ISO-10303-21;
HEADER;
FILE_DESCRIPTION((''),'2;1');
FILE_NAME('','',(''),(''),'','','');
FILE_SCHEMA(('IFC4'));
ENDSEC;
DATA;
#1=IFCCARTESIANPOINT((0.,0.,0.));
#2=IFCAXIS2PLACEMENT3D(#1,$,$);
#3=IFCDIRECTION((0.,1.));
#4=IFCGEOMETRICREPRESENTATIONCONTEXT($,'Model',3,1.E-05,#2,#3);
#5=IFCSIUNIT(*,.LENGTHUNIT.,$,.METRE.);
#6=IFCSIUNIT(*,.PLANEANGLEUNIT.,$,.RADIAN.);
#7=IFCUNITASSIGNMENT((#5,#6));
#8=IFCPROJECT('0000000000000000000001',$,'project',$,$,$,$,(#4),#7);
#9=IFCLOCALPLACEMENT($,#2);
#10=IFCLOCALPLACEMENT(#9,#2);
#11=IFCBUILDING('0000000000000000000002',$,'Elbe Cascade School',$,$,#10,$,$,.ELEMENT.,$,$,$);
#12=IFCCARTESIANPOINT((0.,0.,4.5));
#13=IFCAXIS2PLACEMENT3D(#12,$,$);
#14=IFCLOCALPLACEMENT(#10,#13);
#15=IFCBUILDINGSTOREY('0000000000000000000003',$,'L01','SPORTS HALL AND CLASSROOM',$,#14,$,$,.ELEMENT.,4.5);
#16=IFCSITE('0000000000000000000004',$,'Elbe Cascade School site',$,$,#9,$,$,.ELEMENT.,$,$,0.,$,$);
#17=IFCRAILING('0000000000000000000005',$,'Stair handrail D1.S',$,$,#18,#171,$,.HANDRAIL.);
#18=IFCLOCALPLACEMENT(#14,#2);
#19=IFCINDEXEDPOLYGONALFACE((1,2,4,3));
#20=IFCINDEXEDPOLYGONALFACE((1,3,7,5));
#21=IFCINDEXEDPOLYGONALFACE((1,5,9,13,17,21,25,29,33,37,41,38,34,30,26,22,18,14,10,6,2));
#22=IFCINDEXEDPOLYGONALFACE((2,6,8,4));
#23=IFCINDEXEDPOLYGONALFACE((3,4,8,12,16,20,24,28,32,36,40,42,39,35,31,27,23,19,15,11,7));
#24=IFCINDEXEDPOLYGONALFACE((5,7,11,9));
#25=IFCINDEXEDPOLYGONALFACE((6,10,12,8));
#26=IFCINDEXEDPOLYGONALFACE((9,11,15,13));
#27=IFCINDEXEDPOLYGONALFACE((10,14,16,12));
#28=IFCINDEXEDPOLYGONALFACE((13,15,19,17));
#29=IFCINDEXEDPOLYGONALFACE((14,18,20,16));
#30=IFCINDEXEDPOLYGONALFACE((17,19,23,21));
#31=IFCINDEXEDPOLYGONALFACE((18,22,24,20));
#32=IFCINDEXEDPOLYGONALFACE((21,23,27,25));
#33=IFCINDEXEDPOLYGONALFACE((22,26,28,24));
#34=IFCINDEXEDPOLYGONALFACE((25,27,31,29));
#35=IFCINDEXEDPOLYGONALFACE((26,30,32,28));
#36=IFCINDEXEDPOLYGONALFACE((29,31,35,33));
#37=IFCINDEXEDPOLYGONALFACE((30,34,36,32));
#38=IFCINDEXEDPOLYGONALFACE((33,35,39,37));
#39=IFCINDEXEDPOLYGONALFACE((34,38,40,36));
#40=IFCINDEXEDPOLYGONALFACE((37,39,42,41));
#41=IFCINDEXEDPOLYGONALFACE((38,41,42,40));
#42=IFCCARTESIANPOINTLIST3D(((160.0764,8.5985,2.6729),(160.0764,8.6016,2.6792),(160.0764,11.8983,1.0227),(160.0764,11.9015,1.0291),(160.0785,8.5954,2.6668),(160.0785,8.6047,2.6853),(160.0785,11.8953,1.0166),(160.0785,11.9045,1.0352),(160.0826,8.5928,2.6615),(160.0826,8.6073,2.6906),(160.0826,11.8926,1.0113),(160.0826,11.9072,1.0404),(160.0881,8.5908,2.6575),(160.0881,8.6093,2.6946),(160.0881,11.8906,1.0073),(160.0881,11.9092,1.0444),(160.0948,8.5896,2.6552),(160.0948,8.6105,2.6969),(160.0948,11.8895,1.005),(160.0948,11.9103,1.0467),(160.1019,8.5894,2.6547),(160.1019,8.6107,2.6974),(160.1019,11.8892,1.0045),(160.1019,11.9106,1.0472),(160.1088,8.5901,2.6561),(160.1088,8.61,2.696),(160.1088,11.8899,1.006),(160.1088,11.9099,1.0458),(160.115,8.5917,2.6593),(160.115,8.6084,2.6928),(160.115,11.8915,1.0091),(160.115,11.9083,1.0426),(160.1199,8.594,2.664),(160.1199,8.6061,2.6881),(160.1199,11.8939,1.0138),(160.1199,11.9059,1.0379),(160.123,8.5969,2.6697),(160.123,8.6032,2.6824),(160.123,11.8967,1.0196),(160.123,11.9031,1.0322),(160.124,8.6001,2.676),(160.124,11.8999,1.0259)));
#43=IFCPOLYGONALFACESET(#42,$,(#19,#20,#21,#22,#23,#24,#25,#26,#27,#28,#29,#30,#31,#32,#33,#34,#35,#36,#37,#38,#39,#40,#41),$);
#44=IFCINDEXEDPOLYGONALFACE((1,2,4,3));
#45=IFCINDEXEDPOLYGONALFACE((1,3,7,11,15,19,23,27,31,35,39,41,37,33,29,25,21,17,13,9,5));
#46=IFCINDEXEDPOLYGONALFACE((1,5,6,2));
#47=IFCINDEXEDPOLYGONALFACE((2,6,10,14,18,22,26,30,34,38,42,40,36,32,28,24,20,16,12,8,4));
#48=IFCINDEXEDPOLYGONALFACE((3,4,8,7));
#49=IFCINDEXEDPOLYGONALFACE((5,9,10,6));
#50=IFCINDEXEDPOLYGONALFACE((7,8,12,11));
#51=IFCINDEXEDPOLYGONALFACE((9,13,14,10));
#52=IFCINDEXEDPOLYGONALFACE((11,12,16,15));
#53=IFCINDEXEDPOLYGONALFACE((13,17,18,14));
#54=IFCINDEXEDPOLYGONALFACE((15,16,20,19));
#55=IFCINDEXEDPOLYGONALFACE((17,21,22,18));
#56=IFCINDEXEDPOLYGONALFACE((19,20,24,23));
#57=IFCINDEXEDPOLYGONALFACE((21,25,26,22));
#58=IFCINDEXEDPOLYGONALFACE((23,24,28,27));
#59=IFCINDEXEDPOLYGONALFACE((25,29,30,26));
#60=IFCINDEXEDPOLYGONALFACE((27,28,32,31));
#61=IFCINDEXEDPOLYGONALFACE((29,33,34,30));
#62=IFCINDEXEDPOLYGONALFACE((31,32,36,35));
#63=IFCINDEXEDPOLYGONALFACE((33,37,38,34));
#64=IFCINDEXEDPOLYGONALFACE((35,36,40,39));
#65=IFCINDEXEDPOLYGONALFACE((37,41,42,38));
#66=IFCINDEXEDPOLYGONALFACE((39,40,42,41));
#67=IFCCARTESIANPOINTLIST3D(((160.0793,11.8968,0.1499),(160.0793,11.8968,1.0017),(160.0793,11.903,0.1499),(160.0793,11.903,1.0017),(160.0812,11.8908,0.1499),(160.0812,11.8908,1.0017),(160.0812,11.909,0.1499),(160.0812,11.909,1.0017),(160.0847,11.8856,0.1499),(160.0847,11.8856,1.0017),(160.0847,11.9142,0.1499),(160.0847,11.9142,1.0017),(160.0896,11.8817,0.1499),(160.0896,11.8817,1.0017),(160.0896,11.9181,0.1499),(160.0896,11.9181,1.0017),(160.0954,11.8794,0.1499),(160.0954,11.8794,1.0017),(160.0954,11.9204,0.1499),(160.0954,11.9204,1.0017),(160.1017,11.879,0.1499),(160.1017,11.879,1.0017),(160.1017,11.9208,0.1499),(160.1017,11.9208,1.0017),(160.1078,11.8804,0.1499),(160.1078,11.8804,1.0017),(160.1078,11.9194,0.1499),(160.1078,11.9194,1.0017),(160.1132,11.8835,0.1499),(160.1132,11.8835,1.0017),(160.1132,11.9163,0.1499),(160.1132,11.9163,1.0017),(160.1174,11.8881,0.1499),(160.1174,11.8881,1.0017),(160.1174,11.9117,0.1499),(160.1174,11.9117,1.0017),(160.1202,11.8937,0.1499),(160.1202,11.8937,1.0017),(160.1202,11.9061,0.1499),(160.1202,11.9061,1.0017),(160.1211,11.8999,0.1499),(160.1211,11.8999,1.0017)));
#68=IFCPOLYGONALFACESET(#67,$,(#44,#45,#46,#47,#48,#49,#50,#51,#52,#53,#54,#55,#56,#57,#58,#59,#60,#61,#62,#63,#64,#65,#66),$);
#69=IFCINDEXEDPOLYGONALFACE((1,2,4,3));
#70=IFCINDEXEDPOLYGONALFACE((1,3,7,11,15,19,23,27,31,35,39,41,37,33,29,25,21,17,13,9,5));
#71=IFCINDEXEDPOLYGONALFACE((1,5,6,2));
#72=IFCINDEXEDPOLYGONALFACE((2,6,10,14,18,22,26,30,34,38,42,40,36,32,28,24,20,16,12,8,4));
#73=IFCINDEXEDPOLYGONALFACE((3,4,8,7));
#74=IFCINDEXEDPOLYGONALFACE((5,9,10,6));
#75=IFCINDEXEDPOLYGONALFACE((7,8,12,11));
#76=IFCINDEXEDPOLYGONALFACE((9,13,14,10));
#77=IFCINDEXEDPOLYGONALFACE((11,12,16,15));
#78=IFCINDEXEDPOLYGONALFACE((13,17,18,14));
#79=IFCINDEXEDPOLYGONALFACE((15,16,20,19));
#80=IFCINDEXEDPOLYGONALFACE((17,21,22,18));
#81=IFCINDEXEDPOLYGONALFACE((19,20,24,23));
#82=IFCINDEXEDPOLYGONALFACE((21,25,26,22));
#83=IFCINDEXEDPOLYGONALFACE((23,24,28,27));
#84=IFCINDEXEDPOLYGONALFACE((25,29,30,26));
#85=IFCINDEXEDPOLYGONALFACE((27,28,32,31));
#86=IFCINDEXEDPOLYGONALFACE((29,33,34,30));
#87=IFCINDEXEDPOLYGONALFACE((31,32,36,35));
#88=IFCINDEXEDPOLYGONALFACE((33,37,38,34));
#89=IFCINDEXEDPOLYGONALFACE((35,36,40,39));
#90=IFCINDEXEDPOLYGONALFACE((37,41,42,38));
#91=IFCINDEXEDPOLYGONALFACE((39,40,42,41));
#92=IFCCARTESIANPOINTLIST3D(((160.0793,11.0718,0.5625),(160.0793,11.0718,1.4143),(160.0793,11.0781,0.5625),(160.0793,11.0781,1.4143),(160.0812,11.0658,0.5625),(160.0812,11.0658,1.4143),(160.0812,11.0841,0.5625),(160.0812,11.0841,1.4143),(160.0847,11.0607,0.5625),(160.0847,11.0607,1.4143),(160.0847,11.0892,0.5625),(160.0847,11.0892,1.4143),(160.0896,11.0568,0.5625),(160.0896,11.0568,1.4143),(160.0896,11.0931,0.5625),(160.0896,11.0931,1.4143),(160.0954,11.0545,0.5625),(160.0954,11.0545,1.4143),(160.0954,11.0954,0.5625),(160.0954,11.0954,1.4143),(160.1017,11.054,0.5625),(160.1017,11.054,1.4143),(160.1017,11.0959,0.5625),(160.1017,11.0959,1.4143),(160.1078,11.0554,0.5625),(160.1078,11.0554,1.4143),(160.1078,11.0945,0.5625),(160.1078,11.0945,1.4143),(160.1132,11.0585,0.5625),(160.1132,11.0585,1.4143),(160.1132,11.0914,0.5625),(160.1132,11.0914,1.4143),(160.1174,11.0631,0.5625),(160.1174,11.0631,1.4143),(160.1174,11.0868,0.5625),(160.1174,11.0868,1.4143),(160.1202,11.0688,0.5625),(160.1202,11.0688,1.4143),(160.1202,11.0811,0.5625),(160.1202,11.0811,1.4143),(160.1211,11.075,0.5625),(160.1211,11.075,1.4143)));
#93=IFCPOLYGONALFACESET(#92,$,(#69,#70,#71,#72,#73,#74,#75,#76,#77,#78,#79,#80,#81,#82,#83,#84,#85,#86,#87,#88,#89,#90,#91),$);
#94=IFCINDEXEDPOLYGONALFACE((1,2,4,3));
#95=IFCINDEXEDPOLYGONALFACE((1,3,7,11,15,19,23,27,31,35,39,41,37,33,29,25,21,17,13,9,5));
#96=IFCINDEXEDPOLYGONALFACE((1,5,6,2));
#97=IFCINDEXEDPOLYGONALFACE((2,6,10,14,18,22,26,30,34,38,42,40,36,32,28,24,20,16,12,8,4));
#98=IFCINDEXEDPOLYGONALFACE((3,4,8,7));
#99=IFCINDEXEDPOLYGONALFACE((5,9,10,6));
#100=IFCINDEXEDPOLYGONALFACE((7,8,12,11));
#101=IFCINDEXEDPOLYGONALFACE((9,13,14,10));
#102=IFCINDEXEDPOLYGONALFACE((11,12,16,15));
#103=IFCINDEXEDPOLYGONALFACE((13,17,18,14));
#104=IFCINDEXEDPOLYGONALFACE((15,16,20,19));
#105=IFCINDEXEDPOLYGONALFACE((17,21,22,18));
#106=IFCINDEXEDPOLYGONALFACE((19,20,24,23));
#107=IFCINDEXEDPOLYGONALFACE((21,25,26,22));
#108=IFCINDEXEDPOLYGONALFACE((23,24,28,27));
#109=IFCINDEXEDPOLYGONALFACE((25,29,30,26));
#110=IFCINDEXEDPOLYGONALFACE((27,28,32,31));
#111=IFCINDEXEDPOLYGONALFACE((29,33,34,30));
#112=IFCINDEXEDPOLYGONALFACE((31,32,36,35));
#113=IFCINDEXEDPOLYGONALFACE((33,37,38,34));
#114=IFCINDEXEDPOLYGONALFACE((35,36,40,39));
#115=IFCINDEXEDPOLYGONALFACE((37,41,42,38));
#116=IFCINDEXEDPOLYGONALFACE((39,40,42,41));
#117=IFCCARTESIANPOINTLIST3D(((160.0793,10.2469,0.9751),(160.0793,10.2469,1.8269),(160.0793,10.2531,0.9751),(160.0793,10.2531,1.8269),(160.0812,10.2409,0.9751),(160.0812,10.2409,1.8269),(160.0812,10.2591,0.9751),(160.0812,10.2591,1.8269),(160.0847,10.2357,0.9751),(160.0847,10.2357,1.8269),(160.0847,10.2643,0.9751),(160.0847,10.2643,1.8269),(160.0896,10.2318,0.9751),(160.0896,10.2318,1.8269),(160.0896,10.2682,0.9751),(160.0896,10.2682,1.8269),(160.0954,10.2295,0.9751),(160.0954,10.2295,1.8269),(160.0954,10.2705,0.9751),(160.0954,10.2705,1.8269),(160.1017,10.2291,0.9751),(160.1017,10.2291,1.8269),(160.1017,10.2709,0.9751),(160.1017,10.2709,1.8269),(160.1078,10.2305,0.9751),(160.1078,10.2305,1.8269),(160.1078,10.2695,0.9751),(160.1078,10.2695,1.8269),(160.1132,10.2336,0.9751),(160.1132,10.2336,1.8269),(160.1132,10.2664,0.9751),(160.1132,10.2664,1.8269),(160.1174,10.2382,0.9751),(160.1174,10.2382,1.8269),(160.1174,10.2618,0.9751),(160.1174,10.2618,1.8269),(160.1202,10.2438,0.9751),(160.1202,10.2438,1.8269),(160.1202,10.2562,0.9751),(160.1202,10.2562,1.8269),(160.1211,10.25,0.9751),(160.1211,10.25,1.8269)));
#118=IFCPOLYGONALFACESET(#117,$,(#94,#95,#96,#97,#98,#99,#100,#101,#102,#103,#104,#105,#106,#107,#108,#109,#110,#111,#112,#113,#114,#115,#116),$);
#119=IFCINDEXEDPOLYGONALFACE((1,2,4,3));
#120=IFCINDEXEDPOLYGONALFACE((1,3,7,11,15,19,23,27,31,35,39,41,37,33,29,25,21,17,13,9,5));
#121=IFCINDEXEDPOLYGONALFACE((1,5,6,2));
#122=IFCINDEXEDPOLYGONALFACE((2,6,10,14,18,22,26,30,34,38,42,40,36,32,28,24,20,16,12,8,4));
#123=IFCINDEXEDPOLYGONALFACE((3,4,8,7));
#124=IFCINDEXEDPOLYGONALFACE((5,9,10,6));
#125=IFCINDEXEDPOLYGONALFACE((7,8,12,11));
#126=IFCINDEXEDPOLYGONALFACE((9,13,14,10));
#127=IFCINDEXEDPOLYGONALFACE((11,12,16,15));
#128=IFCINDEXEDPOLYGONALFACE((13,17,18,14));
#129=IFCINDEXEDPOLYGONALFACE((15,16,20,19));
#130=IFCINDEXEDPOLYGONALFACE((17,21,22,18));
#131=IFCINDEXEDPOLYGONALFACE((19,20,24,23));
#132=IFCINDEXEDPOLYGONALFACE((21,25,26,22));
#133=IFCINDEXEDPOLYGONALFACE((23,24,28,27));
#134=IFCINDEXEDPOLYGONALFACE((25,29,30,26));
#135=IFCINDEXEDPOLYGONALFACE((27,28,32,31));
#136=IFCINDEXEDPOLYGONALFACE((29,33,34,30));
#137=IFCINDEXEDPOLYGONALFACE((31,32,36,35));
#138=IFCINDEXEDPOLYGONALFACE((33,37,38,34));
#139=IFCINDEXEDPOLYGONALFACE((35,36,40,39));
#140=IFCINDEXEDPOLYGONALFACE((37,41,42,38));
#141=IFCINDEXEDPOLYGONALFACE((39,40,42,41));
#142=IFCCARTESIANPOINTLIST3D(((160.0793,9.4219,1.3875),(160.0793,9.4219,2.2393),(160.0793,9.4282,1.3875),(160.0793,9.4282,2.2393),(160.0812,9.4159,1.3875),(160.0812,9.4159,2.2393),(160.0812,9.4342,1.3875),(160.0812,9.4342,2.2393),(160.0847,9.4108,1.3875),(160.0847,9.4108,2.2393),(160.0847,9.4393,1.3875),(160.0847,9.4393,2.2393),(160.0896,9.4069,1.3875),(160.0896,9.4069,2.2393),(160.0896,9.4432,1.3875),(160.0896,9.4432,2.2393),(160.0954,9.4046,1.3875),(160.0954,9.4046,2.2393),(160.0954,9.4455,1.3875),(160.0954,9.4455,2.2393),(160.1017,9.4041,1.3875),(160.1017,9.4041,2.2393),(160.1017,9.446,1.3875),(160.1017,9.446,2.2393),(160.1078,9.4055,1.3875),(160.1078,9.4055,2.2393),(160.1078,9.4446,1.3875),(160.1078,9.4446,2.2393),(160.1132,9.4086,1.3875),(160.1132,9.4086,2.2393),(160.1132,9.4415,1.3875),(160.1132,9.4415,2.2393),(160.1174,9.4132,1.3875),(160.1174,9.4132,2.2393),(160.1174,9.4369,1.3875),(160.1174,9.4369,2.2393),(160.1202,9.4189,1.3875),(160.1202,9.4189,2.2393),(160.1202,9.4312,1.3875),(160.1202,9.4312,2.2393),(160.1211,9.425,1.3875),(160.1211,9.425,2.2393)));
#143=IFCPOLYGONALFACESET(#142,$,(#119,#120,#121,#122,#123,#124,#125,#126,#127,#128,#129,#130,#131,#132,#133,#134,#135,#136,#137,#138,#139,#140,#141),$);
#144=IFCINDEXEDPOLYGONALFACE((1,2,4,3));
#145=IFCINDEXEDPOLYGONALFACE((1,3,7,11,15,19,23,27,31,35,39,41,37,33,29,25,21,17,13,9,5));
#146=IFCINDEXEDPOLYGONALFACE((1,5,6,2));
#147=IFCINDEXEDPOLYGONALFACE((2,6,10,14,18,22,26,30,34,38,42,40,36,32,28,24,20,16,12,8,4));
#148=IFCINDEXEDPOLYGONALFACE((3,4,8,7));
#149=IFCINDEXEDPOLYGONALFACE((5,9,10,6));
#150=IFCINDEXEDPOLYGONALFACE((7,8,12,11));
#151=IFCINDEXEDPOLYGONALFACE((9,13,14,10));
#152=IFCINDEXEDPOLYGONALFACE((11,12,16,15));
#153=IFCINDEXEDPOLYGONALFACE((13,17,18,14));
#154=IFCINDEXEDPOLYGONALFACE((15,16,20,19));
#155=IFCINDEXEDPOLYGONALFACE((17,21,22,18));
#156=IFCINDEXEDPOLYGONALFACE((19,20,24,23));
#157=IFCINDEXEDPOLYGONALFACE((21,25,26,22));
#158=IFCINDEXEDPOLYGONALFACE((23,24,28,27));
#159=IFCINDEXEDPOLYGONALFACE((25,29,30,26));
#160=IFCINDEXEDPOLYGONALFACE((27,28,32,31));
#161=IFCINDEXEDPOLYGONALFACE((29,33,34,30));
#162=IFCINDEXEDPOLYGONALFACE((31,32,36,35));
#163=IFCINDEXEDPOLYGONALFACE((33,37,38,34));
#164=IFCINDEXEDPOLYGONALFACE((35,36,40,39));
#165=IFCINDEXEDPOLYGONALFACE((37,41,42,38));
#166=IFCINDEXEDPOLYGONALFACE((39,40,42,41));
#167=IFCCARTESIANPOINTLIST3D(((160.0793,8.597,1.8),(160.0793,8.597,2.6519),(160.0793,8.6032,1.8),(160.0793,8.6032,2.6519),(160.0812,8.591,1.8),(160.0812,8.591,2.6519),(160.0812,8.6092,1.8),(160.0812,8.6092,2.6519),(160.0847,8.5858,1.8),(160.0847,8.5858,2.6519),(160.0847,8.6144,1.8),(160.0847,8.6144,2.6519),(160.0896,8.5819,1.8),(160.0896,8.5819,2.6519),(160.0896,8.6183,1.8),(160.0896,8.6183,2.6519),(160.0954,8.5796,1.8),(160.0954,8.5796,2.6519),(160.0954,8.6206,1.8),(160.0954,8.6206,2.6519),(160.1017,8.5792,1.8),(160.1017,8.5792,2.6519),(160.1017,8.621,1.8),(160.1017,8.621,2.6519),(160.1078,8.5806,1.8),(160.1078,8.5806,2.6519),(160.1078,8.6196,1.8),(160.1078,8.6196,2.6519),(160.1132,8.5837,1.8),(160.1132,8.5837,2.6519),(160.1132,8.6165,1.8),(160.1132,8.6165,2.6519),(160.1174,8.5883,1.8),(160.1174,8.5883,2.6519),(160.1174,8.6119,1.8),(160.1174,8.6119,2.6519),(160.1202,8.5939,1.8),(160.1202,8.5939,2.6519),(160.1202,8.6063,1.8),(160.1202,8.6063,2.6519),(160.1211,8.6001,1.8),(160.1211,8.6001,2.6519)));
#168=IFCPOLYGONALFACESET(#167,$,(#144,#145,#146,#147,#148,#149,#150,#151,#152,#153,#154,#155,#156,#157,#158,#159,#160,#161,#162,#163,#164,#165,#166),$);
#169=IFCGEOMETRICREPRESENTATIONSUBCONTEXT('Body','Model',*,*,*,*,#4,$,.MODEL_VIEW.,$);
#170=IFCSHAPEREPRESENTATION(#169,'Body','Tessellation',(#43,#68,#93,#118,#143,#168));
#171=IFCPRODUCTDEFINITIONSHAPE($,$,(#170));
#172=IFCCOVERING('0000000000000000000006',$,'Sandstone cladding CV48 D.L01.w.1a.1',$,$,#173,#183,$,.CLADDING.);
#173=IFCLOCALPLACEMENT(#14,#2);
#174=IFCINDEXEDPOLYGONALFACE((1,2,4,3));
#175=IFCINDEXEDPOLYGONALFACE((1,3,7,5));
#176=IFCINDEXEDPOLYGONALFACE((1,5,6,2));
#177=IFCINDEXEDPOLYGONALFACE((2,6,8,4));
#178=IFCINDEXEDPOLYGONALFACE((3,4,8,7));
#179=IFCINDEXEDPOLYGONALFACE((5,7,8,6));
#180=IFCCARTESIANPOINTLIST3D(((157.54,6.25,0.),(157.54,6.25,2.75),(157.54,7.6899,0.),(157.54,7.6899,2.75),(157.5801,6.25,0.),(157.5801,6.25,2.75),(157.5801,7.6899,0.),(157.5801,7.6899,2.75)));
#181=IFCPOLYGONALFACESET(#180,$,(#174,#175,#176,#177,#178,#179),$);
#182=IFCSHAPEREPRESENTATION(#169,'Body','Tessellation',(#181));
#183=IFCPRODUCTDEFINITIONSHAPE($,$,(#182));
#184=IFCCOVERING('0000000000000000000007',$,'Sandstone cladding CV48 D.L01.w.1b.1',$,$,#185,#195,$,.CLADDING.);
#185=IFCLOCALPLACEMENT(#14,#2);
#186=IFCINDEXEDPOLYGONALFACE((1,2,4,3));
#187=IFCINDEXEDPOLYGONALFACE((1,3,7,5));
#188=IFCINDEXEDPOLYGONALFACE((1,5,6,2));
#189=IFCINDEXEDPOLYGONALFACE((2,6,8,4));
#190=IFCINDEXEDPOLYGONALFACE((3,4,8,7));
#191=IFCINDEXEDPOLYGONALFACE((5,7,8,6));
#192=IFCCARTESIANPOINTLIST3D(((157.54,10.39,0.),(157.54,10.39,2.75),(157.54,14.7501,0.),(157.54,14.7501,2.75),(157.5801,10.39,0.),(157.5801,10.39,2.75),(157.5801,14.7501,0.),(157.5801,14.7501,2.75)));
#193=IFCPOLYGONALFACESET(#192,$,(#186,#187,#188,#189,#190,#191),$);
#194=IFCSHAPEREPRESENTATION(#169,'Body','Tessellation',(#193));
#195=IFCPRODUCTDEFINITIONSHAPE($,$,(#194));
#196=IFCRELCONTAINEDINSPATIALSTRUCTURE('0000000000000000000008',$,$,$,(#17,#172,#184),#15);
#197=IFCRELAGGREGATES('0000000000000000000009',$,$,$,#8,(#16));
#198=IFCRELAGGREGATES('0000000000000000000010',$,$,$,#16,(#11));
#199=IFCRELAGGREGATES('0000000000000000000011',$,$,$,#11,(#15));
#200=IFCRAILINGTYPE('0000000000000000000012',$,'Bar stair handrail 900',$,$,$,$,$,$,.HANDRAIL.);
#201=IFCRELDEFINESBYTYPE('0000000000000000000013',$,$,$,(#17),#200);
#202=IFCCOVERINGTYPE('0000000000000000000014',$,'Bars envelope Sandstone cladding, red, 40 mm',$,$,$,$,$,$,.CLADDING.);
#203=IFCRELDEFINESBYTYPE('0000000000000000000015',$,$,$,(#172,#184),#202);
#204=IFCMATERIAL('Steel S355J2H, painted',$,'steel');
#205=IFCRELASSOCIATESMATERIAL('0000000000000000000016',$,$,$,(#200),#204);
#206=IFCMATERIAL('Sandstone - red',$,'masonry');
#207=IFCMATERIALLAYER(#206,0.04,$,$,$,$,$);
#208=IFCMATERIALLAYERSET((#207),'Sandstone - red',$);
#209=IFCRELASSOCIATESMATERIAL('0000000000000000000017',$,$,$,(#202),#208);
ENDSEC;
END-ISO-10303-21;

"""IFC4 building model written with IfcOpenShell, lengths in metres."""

from ifc_helpers import new_model, si_unit, direction, frame, origin, origin_2d, place, context, subcontext, project, spatial, rectangle, circle, extrude, material, layer, layer_set, type_object, element, save


model = new_model("IFC4")

# Units and contexts
model_context = context("Model", 3, precision=1e-05, world=origin(), true_north=direction((0.0, 1.0)))
body_context = subcontext(model_context, "Body", "Model", "MODEL_VIEW")
ifc_project = project(units=[si_unit("LENGTHUNIT", "METRE"), si_unit("PLANEANGLEUNIT", "RADIAN")], contexts=[model_context])

# Site, building, storey
site_placement = place(None, origin())
site = spatial("IfcSite", under=ifc_project, at=site_placement, Name="Elbe Cascade School site", CompositionType="ELEMENT", RefElevation=0.0)
building_placement = place(site_placement, origin())
building = spatial("IfcBuilding", under=site, at=building_placement, Name="Elbe Cascade School", CompositionType="ELEMENT")
storey_placement = place(building_placement, frame((0.0, 0.0, 4.5)))
storey = spatial("IfcBuildingStorey", under=building, at=storey_placement, Name="L01", Description="SPORTS HALL AND CLASSROOM", CompositionType="ELEMENT", Elevation=4.5)

# Railing
ifc_material_1 = material(Name="Steel S355J2H, painted", Category="steel")
railing_type_1 = type_object("IfcRailingType", Name="Bar stair handrail 900", PredefinedType="HANDRAIL", material=ifc_material_1)
railing_1_placement = place(storey_placement, frame((160.1001, 11.8999, 0.1499)))
element("IfcRailing", 1, at=railing_1_placement, inside=storey, type_object=railing_type_1, Name="Stair handrail D1.S", PredefinedType="HANDRAIL", context=body_context, shape_type="SweptSolid", body=[
    extrude(circle(Radius=0.0239, at=origin_2d()), frame((0.0, 0.0, 0.876), z_axis=(0.0, -0.894401, 0.447267), x_axis=(1.0, 0.0, 0.0)), (0.0, 0.0, 1.0), 3.6895),
    extrude(circle(Radius=0.021, at=origin_2d()), origin(), (0.0, 0.0, 1.0), 0.8518),
    extrude(circle(Radius=0.021, at=origin_2d()), frame((0.0, -0.825, 0.4126)), (0.0, 0.0, 1.0), 0.8518),
    extrude(circle(Radius=0.021, at=origin_2d()), frame((0.0, -1.6499, 0.8252)), (0.0, 0.0, 1.0), 0.8518),
    extrude(circle(Radius=0.021, at=origin_2d()), frame((0.0, -2.4749, 1.2375)), (0.0, 0.0, 1.0), 0.8518),
    extrude(circle(Radius=0.021, at=origin_2d()), frame((0.0, -3.2998, 1.6501)), (0.0, 0.0, 1.0), 0.8518),
])

# Coverings
ifc_material_2 = material(Name="Sandstone - red", Category="masonry")
ifc_layer_1 = layer(ifc_material_2, 0.04)
ifc_layer_set_1 = layer_set([ifc_layer_1], Name="Sandstone - red")
covering_type = type_object("IfcCoveringType", Name="Bars envelope Sandstone cladding, red, 40 mm", PredefinedType="CLADDING", material=ifc_layer_set_1)
covering_1_placement = place(storey_placement, frame((157.5601, 6.97, 0.0), z_axis=(0.0, 0.0, 1.0), x_axis=(0.0, 1.0, 0.0)))
element("IfcCovering", 2, at=covering_1_placement, inside=storey, type_object=covering_type, Name="Sandstone cladding CV48 D.L01.w.1a.1", PredefinedType="CLADDING", context=body_context, shape_type="SweptSolid", body=[
    extrude(rectangle(XDim=1.4399, YDim=0.04, at=origin_2d()), origin(), (0.0, 0.0, 1.0), 2.75),
])
covering_2_placement = place(storey_placement, frame((157.5601, 12.5701, 0.0), z_axis=(0.0, 0.0, 1.0), x_axis=(0.0, 1.0, 0.0)))
element("IfcCovering", 3, at=covering_2_placement, inside=storey, type_object=covering_type, Name="Sandstone cladding CV48 D.L01.w.1b.1", PredefinedType="CLADDING", context=body_context, shape_type="SweptSolid", body=[
    extrude(rectangle(XDim=4.3601, YDim=0.04, at=origin_2d()), origin(), (0.0, 0.0, 1.0), 2.75),
])

save(model, "model.ifc")
